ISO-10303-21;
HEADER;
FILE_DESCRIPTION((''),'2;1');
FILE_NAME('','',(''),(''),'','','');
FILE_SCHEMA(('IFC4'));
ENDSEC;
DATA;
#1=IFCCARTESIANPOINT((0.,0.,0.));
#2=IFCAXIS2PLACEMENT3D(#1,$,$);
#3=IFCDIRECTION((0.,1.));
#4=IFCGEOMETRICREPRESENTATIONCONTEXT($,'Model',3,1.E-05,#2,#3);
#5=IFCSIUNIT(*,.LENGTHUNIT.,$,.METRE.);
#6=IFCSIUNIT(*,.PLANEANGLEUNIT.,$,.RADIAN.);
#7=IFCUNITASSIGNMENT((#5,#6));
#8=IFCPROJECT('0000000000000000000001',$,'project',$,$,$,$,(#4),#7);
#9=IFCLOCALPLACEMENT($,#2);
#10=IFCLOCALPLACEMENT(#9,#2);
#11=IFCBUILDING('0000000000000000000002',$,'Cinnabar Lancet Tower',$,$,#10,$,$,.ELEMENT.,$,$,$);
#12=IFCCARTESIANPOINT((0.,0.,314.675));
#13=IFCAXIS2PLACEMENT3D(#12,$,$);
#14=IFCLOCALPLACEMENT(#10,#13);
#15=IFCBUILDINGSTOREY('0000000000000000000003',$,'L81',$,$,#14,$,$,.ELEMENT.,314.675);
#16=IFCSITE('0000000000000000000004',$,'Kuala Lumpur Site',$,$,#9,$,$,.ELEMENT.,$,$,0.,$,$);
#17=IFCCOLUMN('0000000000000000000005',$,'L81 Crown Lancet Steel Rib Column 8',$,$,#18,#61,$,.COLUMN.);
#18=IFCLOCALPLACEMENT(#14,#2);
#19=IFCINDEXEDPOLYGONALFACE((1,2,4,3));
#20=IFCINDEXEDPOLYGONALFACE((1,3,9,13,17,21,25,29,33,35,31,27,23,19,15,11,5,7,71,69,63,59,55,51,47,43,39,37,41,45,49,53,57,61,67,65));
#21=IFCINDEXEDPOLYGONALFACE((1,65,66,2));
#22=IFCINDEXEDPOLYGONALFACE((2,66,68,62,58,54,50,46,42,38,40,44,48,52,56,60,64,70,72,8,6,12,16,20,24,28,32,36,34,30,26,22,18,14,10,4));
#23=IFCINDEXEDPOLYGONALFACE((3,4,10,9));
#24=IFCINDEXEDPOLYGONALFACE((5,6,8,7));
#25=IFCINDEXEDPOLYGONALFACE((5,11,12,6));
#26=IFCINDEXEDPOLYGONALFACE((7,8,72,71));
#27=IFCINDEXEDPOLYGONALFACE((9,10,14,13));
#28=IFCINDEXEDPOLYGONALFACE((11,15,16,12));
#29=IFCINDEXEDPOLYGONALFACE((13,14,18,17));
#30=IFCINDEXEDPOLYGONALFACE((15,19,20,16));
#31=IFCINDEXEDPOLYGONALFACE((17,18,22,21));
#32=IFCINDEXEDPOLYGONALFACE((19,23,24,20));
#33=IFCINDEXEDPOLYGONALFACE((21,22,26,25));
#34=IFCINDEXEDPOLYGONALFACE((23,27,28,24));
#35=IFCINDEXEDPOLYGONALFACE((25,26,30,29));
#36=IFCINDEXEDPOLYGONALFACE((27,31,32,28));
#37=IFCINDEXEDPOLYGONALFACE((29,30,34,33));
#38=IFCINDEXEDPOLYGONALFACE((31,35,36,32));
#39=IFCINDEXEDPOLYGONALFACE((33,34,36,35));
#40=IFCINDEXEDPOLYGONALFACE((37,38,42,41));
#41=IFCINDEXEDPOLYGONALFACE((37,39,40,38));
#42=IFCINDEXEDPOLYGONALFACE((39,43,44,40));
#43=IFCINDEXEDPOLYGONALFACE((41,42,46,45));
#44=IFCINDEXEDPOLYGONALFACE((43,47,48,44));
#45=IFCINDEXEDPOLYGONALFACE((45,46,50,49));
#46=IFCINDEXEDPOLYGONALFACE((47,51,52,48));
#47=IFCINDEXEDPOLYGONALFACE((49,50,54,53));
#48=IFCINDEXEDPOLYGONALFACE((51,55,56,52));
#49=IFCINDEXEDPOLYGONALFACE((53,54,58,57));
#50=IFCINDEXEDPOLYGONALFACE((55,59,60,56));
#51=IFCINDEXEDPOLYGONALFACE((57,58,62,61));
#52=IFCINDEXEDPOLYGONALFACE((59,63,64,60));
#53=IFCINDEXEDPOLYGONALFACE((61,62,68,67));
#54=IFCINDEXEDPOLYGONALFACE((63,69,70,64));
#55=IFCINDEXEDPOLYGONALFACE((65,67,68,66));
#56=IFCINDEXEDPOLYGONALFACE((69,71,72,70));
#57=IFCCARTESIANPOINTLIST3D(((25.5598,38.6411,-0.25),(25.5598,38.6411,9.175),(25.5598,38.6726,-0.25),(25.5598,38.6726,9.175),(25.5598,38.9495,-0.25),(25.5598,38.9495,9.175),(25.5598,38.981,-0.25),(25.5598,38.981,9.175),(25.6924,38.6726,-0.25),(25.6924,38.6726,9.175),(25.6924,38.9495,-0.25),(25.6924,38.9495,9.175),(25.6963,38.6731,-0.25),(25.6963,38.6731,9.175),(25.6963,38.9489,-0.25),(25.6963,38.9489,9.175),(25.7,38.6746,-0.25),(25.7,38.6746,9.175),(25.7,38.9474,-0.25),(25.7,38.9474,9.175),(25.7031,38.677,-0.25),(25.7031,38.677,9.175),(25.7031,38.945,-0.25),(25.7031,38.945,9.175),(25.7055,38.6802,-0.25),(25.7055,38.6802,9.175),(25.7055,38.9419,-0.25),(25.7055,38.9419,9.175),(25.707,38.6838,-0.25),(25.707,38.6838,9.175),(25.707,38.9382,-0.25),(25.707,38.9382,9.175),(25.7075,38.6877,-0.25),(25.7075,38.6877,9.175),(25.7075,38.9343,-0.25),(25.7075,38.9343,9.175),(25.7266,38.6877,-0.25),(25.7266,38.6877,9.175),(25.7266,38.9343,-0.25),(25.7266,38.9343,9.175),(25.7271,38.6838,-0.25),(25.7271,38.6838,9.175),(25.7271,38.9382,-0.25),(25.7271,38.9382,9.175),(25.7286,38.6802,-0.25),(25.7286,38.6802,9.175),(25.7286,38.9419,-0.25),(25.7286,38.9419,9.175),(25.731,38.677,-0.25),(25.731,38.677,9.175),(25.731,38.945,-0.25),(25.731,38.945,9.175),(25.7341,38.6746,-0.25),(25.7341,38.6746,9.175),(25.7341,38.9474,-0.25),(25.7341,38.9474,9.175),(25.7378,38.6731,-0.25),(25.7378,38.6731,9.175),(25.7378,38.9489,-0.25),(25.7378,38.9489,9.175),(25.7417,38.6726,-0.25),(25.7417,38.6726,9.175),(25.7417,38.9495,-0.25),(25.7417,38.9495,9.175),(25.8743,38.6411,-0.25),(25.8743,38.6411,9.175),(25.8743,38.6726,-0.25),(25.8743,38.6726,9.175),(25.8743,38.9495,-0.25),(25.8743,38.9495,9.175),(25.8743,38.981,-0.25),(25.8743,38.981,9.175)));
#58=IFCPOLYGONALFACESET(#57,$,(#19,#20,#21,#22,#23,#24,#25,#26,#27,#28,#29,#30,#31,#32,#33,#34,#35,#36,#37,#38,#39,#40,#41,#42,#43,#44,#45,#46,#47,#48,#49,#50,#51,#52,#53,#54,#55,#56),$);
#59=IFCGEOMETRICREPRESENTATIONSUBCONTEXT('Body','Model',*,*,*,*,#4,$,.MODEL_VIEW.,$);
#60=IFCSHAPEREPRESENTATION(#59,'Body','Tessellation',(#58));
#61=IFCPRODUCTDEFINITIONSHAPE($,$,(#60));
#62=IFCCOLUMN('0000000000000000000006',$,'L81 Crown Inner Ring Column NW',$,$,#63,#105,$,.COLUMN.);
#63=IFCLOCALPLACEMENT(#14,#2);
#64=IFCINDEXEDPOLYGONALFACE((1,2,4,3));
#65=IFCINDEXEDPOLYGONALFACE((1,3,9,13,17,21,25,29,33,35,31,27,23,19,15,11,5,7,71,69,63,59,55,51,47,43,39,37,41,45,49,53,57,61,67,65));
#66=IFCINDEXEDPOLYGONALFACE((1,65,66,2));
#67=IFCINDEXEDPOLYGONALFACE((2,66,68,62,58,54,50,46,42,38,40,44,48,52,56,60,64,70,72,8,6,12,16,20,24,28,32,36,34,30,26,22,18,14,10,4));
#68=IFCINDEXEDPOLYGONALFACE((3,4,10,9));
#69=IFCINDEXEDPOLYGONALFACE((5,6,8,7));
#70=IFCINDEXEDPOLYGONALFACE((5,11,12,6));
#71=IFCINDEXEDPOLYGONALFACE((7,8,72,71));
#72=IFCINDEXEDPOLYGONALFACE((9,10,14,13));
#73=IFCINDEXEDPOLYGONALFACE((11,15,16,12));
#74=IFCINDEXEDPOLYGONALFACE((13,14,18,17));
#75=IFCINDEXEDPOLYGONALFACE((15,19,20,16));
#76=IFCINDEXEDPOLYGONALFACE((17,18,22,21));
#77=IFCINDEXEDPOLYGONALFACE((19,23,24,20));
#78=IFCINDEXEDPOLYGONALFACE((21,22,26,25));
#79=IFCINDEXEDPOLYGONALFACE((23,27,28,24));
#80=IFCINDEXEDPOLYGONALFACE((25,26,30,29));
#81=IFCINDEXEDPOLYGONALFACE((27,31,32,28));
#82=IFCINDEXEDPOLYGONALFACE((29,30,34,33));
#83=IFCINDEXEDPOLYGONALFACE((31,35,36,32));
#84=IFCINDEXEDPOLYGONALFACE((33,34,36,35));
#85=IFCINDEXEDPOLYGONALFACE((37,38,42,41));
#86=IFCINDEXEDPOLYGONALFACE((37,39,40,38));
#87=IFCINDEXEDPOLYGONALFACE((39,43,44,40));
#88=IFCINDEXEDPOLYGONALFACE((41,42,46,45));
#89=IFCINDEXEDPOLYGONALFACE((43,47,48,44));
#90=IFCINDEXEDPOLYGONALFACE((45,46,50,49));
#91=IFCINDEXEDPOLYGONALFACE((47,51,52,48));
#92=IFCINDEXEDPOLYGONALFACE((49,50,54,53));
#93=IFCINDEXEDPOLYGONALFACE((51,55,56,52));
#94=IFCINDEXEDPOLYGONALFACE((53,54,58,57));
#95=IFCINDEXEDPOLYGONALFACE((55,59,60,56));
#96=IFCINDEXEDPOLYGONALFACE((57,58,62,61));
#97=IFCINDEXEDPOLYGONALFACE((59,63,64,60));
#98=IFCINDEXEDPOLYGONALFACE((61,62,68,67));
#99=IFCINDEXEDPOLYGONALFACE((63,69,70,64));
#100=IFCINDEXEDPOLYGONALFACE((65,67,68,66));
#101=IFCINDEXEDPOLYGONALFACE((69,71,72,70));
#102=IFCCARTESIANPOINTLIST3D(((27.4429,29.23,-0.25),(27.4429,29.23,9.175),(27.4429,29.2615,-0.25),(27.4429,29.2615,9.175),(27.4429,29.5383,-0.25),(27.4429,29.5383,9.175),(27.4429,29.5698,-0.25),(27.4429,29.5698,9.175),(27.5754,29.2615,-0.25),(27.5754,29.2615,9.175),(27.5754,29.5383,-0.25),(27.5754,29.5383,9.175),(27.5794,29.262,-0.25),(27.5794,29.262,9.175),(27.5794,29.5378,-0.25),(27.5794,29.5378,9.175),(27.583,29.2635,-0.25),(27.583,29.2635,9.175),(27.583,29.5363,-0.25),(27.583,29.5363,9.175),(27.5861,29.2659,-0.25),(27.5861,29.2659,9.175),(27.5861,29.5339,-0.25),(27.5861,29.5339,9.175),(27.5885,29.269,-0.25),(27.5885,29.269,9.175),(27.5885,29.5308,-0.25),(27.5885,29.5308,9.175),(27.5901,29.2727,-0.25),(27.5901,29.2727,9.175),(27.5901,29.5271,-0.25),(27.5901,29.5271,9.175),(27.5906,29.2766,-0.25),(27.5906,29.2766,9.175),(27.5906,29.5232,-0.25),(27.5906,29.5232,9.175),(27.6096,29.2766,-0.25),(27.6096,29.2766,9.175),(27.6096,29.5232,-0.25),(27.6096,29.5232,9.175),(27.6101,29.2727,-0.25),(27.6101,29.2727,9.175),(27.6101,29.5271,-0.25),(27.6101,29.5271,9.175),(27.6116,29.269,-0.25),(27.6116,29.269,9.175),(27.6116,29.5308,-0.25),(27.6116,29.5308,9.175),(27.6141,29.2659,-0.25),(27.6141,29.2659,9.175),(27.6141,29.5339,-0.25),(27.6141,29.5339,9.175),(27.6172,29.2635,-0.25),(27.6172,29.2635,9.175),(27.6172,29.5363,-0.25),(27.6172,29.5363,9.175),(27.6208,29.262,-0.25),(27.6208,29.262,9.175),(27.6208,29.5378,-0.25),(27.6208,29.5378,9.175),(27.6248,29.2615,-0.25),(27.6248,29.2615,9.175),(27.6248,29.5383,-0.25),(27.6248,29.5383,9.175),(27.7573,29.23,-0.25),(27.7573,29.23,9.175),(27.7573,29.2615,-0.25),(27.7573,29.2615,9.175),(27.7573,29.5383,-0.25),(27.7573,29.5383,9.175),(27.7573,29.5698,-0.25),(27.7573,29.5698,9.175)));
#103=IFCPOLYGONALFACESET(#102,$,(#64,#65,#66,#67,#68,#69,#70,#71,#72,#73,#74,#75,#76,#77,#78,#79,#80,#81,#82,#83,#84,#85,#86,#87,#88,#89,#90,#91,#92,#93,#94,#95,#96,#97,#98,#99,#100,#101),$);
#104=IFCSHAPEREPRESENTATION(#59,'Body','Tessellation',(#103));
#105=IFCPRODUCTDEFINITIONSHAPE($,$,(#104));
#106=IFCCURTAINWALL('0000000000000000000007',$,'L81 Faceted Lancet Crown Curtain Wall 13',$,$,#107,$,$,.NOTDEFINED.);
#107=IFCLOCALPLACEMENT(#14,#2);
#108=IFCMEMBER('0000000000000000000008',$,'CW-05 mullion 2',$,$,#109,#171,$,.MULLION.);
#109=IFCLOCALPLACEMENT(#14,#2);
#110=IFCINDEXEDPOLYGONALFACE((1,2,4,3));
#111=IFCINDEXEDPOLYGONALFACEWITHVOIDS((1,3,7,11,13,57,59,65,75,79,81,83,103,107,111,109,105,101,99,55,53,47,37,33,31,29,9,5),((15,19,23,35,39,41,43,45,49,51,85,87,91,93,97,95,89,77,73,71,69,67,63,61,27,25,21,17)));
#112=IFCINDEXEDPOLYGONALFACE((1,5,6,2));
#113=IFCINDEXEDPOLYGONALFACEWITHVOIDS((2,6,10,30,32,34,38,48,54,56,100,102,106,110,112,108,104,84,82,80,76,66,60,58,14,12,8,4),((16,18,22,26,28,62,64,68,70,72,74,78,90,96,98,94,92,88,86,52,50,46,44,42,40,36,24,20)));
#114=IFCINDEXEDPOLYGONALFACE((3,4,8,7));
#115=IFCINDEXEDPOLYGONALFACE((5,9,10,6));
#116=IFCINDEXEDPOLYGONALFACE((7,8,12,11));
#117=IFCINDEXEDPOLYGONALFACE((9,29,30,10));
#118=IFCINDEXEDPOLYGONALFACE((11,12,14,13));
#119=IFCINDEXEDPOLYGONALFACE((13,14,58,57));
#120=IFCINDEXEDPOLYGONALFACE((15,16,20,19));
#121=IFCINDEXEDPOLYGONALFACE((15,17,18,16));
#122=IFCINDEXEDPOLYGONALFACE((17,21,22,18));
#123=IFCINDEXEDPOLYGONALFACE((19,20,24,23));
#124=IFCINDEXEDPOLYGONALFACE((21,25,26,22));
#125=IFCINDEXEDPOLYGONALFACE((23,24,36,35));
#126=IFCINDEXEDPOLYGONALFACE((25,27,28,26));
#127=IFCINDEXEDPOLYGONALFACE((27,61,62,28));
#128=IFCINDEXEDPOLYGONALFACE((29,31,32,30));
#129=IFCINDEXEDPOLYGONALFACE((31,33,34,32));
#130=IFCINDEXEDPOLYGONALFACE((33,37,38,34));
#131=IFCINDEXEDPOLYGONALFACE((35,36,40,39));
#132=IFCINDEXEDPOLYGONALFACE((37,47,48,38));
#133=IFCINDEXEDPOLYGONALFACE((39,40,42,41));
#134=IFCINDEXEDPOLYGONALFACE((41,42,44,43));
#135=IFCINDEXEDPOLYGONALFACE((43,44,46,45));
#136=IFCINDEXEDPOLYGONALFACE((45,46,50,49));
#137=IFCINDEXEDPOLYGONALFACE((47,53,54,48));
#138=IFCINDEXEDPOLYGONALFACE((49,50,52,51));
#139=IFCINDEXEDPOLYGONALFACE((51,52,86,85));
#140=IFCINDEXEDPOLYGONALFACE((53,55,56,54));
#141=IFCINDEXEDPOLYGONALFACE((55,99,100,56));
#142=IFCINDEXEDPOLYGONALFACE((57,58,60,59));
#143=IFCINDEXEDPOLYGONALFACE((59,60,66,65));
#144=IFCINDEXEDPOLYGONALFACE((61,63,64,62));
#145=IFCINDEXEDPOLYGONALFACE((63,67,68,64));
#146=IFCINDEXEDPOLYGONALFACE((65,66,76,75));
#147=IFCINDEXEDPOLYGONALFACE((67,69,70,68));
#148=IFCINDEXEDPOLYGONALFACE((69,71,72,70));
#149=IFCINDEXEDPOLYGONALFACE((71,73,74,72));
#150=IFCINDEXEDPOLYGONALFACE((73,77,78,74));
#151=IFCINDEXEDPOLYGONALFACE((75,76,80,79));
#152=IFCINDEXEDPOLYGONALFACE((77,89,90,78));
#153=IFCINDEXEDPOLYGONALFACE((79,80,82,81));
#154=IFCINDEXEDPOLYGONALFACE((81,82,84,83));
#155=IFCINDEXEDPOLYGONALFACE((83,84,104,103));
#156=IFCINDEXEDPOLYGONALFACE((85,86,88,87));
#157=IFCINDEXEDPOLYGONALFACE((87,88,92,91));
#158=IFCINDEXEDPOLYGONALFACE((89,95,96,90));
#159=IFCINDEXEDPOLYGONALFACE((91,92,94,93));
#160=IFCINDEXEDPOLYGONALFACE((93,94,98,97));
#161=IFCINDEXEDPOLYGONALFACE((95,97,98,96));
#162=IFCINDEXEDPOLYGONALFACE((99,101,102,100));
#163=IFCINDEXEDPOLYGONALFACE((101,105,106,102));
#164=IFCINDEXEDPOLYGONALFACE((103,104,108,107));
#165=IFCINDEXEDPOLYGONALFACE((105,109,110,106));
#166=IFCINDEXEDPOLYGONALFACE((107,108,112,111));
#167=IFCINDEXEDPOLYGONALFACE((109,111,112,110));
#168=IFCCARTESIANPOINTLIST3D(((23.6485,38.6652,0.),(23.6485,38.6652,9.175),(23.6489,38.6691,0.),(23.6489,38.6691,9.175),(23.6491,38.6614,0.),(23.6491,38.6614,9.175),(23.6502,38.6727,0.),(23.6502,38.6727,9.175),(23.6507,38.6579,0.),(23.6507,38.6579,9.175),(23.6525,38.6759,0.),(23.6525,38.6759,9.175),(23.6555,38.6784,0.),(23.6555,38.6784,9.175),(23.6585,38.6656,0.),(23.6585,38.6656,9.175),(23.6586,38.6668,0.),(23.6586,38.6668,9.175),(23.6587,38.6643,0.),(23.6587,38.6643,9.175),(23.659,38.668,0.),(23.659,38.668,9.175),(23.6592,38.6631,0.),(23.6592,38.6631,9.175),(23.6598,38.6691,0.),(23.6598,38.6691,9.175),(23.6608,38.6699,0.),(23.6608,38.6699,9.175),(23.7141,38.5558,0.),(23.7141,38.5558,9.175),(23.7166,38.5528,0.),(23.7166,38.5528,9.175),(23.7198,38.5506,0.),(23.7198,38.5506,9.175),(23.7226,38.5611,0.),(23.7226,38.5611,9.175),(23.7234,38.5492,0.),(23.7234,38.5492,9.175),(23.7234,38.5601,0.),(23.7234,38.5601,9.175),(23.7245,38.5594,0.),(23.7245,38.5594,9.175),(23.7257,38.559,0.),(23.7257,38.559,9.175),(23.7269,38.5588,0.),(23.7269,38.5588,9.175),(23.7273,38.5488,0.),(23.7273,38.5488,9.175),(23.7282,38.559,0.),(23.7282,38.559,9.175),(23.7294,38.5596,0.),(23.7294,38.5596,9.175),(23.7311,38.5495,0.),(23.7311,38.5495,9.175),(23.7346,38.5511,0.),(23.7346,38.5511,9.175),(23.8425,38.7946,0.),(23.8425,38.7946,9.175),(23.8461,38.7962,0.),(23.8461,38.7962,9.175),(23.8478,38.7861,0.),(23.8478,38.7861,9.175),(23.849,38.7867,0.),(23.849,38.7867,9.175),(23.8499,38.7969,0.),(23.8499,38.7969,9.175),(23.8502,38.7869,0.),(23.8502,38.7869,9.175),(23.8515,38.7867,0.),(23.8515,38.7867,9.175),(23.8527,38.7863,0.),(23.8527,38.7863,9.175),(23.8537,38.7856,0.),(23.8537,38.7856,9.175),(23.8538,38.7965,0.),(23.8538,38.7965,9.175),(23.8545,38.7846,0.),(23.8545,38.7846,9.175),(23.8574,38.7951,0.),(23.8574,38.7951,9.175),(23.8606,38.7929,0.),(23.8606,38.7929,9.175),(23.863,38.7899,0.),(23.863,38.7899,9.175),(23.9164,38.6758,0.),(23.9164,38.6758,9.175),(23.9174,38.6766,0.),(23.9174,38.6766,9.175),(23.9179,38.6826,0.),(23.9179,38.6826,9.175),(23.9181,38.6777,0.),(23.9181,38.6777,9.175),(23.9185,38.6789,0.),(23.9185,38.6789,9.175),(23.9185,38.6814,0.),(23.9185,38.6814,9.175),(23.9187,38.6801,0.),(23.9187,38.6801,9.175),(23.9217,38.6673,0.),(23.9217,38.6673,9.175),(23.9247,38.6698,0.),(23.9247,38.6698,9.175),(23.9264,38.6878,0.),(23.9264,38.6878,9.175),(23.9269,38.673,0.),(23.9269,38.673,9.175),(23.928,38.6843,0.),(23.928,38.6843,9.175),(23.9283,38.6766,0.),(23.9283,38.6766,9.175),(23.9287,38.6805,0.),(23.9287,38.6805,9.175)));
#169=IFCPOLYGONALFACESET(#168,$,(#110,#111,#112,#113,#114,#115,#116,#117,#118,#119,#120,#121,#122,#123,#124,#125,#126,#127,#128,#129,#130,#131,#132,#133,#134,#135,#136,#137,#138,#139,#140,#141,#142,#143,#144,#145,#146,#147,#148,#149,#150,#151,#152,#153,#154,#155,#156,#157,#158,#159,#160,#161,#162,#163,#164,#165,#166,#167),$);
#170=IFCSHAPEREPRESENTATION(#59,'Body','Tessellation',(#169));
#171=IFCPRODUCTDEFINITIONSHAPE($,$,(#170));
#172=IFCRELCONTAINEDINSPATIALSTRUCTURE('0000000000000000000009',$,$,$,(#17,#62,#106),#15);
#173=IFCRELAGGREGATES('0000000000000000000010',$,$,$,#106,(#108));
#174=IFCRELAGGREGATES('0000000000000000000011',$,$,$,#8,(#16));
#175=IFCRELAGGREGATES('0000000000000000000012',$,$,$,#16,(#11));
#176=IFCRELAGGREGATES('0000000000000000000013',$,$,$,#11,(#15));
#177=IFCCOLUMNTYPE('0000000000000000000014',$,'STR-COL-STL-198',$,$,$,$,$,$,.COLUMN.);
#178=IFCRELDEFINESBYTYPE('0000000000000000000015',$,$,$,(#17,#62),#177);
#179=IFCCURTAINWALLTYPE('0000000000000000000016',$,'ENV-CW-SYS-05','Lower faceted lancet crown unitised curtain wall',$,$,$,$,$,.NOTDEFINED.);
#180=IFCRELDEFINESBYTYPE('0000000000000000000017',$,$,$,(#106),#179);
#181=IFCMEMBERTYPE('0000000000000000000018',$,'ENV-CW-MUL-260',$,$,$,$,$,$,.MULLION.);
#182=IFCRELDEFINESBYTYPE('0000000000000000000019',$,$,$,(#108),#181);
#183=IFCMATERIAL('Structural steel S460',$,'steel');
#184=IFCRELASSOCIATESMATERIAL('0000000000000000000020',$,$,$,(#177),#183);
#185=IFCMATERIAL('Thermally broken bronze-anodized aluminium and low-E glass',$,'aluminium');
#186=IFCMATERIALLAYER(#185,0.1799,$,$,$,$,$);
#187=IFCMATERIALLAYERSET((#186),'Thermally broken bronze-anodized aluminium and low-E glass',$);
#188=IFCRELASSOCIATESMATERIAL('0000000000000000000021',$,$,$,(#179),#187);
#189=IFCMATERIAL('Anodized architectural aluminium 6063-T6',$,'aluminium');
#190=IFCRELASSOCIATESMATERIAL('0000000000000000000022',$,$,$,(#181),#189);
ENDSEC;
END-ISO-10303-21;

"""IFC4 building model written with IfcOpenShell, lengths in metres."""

from ifc_helpers import new_model, si_unit, direction, frame, origin, origin_2d, place, context, subcontext, project, spatial, hollow_rectangle, i_section, extrude, material, layer, layer_set, material_profile, profile_set, type_object, element, aggregate, save


model = new_model("IFC4")

# Units and contexts
model_context = context("Model", 3, precision=1e-05, world=origin(), true_north=direction((0.0, 1.0)))
body_context = subcontext(model_context, "Body", "Model", "MODEL_VIEW")
ifc_project = project(units=[si_unit("LENGTHUNIT", "METRE"), si_unit("PLANEANGLEUNIT", "RADIAN")], contexts=[model_context])

# Site, building, storey
site_placement = place(None, origin())
site = spatial("IfcSite", under=ifc_project, at=site_placement, Name="Kuala Lumpur Site", CompositionType="ELEMENT", RefElevation=0.0)
building_placement = place(site_placement, origin())
building = spatial("IfcBuilding", under=site, at=building_placement, Name="Cinnabar Lancet Tower", CompositionType="ELEMENT")
storey_placement = place(building_placement, frame((0.0, 0.0, 314.675)))
storey = spatial("IfcBuildingStorey", under=building, at=storey_placement, Name="L81", CompositionType="ELEMENT", Elevation=314.675)

# Columns
ifc_material_1 = material(Name="Structural steel S460", Category="steel")
ifc_material_profile_1 = material_profile(ifc_material_1, i_section(OverallWidth=0.3145, OverallDepth=0.3398, WebThickness=0.019, FlangeThickness=0.0315, FilletRadius=0.0151, at=origin_2d()), Name="UKC 305x305x198")
ifc_profile_set_1 = profile_set([ifc_material_profile_1], Name="Structural steel S460")
column_type = type_object("IfcColumnType", Name="STR-COL-STL-198", PredefinedType="COLUMN", material=ifc_profile_set_1)
for number, where, z_axis, x_axis, name in (
    (1, (25.717, 38.811, -0.25), (0.0, 0.0, 1.0), (1.0, 0.0, 0.0), "L81 Crown Lancet Steel Rib Column 8"),
    (2, (27.6001, 29.3999, -0.25), (0.0, 0.0, 1.0), (1.0, 0.0, 0.0), "L81 Crown Inner Ring Column NW"),
):
    element("IfcColumn", number, at=place(storey_placement, frame(where, z_axis=z_axis, x_axis=x_axis)), inside=storey, type_object=column_type, Name=name, PredefinedType="COLUMN", context=body_context, shape_type="SweptSolid", body=[
        extrude(i_section(OverallWidth=0.3145, OverallDepth=0.3398, WebThickness=0.019, FlangeThickness=0.0315, FilletRadius=0.0151, at=origin_2d()), origin(), (0.0, 0.0, 1.0), 9.425),
    ])

# Curtain wall, member
ifc_material_2 = material(Name="Thermally broken bronze-anodized aluminium and low-E glass", Category="aluminium")
ifc_layer_1 = layer(ifc_material_2, 0.1799)
ifc_layer_set_1 = layer_set([ifc_layer_1], Name="Thermally broken bronze-anodized aluminium and low-E glass")
curtain_wall_type = type_object("IfcCurtainWallType", Name="ENV-CW-SYS-05", Description="Lower faceted lancet crown unitised curtain wall", PredefinedType="NOTDEFINED", material=ifc_layer_set_1)
curtain_wall_1_placement = place(storey_placement, origin())
curtain_wall_1 = element("IfcCurtainWall", 3, at=curtain_wall_1_placement, inside=storey, type_object=curtain_wall_type, Name="L81 Faceted Lancet Crown Curtain Wall 13", PredefinedType="NOTDEFINED")
ifc_material_3 = material(Name="Anodized architectural aluminium 6063-T6", Category="aluminium")
ifc_material_profile_2 = material_profile(ifc_material_3, hollow_rectangle(XDim=0.1499, YDim=0.25, WallThickness=0.01, InnerFilletRadius=0.0049, OuterFilletRadius=0.0149, at=origin_2d()), Name="RHS 250x150x10")
ifc_profile_set_2 = profile_set([ifc_material_profile_2], Name="Anodized architectural aluminium 6063-T6")
member_type_1 = type_object("IfcMemberType", Name="ENV-CW-MUL-260", PredefinedType="MULLION", material=ifc_profile_set_2)
member_1_placement = place(storey_placement, frame((23.7886, 38.6729, 0.0), z_axis=(0.0, 0.0, 1.0), x_axis=(0.527976, -0.849259, 0.0)))
member_1 = element("IfcMember", 4, at=member_1_placement, type_object=member_type_1, Name="CW-05 mullion 2", PredefinedType="MULLION", context=body_context, shape_type="SweptSolid", body=[
    extrude(hollow_rectangle(XDim=0.1499, YDim=0.25, WallThickness=0.01, InnerFilletRadius=0.0049, OuterFilletRadius=0.0149, at=origin_2d()), origin(), (0.0, 0.0, 1.0), 9.175),
])

aggregate(curtain_wall_1, [member_1])

save(model, "model.ifc")
